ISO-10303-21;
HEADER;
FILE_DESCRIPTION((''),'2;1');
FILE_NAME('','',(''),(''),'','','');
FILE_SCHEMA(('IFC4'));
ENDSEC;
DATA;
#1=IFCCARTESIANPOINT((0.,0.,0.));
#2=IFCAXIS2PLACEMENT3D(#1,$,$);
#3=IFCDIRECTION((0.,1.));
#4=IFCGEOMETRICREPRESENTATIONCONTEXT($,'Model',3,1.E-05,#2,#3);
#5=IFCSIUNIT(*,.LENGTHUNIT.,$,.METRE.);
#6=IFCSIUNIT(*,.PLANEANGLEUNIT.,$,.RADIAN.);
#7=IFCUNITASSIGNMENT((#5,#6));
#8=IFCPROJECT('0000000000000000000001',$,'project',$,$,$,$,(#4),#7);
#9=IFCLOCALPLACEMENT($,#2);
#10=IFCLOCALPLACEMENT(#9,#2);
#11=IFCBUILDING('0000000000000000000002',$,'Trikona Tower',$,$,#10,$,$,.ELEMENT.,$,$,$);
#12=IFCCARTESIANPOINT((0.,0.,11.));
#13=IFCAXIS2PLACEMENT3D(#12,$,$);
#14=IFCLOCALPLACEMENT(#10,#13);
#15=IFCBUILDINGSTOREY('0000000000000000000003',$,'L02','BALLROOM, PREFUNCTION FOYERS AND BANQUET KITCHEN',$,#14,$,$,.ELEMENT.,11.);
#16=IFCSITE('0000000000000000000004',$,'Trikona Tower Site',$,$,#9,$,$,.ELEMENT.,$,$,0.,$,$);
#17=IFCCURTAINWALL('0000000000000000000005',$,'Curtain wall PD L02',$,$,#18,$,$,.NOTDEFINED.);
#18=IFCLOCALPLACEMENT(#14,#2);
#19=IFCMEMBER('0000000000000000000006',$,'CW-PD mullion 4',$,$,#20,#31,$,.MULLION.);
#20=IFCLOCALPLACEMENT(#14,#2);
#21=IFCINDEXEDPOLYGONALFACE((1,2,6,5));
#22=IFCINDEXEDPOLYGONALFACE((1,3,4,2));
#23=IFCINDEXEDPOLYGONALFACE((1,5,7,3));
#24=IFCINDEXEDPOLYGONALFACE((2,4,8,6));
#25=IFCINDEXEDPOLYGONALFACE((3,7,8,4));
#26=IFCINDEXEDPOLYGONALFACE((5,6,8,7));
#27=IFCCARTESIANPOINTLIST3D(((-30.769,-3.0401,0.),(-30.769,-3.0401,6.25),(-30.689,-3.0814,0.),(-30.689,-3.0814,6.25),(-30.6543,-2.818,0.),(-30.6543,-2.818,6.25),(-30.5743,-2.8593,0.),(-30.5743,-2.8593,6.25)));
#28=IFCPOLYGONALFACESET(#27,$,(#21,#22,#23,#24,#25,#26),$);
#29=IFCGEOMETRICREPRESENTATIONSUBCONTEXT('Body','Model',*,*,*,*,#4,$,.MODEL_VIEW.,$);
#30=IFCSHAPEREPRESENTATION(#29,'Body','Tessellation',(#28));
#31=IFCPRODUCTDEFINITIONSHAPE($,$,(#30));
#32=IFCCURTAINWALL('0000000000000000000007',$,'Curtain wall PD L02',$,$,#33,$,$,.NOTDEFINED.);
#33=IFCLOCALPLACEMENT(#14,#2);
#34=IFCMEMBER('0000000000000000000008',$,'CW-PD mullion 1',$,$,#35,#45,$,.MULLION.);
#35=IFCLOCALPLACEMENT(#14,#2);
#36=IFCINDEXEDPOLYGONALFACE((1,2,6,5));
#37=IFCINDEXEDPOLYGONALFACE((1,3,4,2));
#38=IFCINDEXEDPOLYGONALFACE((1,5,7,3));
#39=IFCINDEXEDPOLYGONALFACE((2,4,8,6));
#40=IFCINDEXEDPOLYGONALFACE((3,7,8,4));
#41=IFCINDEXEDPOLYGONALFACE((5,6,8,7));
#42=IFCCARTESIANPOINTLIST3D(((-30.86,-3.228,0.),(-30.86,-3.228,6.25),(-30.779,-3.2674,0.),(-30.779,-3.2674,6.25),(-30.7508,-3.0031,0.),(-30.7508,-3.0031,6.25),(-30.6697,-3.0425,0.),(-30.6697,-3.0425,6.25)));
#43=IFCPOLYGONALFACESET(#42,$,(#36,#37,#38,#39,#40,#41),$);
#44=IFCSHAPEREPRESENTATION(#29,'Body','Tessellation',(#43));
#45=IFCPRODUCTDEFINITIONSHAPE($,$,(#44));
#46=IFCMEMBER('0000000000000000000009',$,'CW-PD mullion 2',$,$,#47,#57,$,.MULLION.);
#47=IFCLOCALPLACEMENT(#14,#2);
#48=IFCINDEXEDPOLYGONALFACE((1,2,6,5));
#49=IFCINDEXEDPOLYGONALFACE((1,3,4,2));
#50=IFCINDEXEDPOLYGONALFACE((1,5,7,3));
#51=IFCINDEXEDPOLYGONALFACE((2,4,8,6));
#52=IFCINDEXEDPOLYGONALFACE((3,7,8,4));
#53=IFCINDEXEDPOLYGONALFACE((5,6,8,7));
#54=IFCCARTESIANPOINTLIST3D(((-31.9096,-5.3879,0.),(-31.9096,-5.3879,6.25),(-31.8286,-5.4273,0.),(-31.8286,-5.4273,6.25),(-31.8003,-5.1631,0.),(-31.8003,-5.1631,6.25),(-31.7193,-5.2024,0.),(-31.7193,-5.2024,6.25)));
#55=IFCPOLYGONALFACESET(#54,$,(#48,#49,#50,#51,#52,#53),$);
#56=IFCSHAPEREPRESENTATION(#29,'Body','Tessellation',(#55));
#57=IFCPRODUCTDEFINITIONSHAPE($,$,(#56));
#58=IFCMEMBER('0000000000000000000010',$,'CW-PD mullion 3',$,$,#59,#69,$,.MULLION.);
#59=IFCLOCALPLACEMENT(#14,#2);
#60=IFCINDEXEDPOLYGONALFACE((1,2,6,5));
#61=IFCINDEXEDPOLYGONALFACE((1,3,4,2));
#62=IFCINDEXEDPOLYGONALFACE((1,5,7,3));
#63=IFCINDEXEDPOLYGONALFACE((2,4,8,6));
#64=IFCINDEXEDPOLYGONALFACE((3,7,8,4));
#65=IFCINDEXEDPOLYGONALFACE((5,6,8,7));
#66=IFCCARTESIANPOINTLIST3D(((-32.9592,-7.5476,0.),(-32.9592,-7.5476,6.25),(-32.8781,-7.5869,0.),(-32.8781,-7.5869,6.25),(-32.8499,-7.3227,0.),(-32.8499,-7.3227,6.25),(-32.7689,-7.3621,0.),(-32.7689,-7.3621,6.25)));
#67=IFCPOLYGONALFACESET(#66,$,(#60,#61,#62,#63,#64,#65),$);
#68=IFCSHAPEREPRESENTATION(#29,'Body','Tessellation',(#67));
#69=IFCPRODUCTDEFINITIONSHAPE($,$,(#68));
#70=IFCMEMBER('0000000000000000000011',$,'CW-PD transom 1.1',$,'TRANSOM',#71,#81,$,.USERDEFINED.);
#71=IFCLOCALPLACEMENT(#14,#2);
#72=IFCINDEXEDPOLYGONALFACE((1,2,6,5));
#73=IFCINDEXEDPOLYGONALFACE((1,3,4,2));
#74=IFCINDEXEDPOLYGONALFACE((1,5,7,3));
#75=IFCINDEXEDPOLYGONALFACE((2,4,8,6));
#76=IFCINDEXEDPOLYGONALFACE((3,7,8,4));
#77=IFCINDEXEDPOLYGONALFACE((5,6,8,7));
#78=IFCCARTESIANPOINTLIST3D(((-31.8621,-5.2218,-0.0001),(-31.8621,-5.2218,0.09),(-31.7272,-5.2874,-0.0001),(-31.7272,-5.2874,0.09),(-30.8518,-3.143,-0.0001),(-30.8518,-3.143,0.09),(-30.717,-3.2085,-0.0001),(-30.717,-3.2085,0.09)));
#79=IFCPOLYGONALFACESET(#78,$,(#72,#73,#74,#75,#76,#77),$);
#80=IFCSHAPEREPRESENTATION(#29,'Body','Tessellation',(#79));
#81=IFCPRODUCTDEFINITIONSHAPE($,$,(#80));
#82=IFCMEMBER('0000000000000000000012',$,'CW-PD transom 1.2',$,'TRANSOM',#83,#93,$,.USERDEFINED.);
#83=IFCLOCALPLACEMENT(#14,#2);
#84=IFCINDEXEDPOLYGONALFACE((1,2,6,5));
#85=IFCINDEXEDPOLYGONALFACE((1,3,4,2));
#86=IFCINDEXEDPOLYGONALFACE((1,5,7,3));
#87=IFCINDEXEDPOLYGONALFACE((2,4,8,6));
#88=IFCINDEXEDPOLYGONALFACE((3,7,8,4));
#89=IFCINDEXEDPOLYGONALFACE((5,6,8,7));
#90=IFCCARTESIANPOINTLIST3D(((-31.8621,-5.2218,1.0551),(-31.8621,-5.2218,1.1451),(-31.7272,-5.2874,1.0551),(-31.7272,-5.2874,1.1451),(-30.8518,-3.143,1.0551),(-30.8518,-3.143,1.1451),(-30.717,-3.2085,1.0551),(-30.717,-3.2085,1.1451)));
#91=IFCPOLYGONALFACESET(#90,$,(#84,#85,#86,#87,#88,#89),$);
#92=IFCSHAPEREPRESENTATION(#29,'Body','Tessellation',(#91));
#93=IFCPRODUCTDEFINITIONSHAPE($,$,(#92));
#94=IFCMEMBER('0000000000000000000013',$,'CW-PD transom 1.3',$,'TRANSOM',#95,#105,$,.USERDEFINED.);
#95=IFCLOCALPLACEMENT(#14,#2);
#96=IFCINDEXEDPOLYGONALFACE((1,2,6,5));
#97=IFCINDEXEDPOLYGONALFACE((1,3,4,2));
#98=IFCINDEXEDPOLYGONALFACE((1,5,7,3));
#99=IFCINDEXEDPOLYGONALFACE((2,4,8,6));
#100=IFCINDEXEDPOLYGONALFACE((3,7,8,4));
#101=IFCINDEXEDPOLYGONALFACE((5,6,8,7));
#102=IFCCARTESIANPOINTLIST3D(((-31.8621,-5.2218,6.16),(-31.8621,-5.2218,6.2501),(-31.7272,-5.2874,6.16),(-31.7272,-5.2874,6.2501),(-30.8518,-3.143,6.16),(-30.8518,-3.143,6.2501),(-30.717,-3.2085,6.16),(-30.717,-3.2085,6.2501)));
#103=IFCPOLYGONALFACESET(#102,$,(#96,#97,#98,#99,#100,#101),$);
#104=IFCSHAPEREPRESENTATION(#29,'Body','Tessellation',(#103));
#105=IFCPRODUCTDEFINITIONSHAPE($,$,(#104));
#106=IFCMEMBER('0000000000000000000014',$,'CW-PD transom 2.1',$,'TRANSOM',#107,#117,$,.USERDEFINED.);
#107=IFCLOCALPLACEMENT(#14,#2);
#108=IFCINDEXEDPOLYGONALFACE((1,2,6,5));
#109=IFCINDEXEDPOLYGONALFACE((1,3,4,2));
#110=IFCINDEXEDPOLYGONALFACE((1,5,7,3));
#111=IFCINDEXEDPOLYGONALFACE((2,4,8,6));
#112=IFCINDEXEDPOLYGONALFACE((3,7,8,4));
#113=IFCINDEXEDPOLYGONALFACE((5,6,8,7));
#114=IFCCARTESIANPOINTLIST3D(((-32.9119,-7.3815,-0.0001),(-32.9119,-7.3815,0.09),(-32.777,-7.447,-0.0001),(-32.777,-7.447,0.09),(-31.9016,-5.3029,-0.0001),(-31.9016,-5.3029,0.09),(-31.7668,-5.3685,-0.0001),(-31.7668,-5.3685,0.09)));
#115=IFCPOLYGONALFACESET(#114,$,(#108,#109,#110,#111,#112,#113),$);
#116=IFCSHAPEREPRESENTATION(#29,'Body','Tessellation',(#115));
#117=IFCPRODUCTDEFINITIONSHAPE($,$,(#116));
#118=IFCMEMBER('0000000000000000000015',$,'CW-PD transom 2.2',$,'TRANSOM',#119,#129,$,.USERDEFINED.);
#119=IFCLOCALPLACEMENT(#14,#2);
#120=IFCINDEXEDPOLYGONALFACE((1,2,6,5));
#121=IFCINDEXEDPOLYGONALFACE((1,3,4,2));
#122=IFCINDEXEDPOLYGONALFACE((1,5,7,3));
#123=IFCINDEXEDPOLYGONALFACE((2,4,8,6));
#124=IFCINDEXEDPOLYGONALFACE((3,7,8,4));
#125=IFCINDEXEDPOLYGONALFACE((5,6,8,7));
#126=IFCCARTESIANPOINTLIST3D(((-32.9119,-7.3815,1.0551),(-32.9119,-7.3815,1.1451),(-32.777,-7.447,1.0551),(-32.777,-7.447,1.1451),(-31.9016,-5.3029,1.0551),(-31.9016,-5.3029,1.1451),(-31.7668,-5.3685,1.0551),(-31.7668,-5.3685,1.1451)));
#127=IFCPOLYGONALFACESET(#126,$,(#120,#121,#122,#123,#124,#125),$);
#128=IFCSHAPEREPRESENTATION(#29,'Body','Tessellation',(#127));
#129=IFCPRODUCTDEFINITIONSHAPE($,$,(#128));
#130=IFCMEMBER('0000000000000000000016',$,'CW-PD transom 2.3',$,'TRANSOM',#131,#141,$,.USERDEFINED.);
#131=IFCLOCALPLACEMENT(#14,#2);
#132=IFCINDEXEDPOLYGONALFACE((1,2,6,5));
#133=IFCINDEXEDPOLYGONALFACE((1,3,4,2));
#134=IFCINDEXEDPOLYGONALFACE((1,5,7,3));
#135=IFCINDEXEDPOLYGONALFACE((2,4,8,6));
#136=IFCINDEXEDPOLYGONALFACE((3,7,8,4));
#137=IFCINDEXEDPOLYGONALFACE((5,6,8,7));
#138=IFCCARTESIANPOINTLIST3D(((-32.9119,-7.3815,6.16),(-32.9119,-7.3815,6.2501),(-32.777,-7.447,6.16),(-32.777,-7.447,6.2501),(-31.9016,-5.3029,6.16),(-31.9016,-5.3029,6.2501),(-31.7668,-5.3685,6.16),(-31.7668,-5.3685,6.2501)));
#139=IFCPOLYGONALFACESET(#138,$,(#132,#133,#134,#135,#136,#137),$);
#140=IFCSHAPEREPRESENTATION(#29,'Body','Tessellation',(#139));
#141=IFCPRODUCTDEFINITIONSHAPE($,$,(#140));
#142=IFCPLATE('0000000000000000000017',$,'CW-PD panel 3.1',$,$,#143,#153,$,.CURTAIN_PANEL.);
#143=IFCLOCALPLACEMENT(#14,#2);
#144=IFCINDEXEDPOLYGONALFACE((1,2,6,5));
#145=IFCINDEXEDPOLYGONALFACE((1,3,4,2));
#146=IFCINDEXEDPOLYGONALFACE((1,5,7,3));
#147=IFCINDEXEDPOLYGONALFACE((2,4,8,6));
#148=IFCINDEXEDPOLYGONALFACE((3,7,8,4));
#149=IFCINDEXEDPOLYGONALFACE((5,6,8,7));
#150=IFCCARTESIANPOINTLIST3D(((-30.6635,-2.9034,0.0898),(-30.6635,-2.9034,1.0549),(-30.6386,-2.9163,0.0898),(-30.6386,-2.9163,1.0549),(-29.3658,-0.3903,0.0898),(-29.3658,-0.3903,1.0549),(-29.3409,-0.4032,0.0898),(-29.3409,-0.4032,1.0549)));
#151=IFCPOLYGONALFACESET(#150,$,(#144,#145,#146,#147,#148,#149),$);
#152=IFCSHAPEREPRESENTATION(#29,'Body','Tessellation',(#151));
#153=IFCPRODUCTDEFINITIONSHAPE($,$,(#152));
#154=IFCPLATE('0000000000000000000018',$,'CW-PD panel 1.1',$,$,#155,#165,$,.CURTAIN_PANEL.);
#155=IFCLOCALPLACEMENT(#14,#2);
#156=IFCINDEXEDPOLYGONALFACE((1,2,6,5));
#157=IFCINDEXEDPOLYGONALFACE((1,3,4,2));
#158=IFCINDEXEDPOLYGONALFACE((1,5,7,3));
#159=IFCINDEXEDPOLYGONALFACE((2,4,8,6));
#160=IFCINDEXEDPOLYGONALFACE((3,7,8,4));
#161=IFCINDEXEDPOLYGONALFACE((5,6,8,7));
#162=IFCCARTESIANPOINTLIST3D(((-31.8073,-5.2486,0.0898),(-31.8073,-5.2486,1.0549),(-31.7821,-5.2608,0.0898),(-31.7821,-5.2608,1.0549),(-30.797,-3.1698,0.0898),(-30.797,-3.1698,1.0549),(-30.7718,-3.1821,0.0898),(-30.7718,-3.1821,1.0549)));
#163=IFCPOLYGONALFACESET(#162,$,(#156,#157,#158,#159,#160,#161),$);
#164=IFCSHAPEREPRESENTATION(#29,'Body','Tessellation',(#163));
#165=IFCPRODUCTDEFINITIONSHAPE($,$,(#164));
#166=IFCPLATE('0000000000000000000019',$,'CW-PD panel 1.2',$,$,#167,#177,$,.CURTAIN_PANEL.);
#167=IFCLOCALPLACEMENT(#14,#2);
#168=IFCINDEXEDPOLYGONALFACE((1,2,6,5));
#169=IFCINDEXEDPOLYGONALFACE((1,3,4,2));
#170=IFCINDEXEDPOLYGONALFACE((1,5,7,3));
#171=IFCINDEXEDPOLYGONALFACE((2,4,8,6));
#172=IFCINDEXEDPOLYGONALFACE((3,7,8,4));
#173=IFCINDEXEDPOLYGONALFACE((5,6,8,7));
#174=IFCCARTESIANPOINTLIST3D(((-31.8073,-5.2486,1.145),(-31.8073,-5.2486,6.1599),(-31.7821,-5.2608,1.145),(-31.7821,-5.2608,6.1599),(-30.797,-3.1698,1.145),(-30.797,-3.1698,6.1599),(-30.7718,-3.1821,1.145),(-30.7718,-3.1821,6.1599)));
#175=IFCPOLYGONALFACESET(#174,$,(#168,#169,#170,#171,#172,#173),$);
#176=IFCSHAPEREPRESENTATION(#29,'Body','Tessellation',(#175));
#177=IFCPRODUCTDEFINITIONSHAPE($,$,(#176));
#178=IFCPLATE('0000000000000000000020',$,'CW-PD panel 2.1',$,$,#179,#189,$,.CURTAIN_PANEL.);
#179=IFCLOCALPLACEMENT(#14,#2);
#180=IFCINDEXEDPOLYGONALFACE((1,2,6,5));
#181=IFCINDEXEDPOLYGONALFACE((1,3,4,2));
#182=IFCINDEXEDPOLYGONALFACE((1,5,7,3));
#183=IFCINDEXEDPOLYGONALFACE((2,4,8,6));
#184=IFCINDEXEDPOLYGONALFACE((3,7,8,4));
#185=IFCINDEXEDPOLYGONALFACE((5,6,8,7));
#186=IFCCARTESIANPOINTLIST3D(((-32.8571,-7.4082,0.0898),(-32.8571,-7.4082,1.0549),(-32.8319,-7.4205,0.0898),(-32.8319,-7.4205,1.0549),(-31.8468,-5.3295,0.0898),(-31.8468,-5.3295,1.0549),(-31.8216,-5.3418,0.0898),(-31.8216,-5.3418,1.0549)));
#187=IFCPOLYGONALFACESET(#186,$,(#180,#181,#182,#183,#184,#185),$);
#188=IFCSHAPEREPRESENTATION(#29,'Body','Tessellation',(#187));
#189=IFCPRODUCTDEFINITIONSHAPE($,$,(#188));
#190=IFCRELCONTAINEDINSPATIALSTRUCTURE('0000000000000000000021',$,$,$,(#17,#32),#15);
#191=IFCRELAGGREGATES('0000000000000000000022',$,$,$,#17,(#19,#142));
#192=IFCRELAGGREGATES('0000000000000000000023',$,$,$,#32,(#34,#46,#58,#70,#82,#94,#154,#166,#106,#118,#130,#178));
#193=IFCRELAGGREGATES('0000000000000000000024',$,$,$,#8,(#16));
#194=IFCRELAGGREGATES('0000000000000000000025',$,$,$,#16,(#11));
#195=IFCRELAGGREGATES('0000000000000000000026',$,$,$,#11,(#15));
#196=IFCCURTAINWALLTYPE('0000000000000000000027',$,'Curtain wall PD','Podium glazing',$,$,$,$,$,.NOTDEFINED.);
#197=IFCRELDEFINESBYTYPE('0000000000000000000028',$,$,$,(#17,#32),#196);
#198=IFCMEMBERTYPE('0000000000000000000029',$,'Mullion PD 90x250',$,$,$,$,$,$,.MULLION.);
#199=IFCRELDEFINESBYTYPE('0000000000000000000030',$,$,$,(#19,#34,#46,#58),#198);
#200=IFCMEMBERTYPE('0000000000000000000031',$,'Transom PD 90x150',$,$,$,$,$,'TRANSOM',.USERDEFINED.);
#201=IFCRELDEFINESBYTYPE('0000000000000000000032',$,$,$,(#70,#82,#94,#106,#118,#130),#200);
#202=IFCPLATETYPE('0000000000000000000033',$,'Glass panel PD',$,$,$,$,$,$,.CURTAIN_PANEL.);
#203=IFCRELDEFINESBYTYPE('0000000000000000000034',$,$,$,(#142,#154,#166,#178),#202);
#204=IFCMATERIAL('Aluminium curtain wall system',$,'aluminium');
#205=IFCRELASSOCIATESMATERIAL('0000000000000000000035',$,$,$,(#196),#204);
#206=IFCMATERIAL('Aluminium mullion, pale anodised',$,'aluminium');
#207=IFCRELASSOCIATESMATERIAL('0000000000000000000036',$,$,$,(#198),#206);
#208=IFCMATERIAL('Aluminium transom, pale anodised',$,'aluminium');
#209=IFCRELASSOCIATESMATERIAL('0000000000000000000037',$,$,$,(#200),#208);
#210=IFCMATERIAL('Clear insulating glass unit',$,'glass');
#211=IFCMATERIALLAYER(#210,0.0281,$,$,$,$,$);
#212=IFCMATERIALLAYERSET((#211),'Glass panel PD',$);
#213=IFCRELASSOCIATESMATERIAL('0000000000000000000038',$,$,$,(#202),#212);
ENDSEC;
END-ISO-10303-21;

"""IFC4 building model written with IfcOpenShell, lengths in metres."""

from ifc_helpers import new_model, si_unit, direction, frame, origin, origin_2d, place, context, subcontext, project, spatial, rectangle, extrude, material, layer, layer_set, material_profile, profile_set, type_object, element, aggregate, save


model = new_model("IFC4")

# Units and contexts
model_context = context("Model", 3, precision=1e-05, world=origin(), true_north=direction((0.0, 1.0)))
body_context = subcontext(model_context, "Body", "Model", "MODEL_VIEW")
ifc_project = project(units=[si_unit("LENGTHUNIT", "METRE"), si_unit("PLANEANGLEUNIT", "RADIAN")], contexts=[model_context])

# Site, building, storey
site_placement = place(None, origin())
site = spatial("IfcSite", under=ifc_project, at=site_placement, Name="Trikona Tower Site", CompositionType="ELEMENT", RefElevation=0.0)
building_placement = place(site_placement, origin())
building = spatial("IfcBuilding", under=site, at=building_placement, Name="Trikona Tower", CompositionType="ELEMENT")
storey_placement = place(building_placement, frame((0.0, 0.0, 11.0)))
storey = spatial("IfcBuildingStorey", under=building, at=storey_placement, Name="L02", Description="BALLROOM, PREFUNCTION FOYERS AND BANQUET KITCHEN", CompositionType="ELEMENT", Elevation=11.0)

# Curtain wall, member
ifc_material_1 = material(Name="Aluminium curtain wall system", Category="aluminium")
curtain_wall_type = type_object("IfcCurtainWallType", Name="Curtain wall PD", Description="Podium glazing", PredefinedType="NOTDEFINED", material=ifc_material_1)
curtain_wall_1_placement = place(storey_placement, origin())
curtain_wall_1 = element("IfcCurtainWall", 1, at=curtain_wall_1_placement, inside=storey, type_object=curtain_wall_type, Name="Curtain wall PD L02", PredefinedType="NOTDEFINED")
ifc_material_2 = material(Name="Aluminium mullion, pale anodised", Category="aluminium")
ifc_material_profile_1 = material_profile(ifc_material_2, rectangle(XDim=0.0901, YDim=0.25, at=origin_2d()), Name="MUL-PD")
ifc_profile_set_1 = profile_set([ifc_material_profile_1], Name="Aluminium mullion, pale anodised")
member_type_1 = type_object("IfcMemberType", Name="Mullion PD 90x250", PredefinedType="MULLION", material=ifc_profile_set_1)
member_1_placement = place(storey_placement, frame((-30.6716, -2.9497, 0.0), z_axis=(0.0, 0.0, 1.0), x_axis=(0.888525, -0.458829, 0.0)))
member_1 = element("IfcMember", 2, at=member_1_placement, type_object=member_type_1, Name="CW-PD mullion 4", PredefinedType="MULLION", context=body_context, shape_type="SweptSolid", body=[
    extrude(rectangle(XDim=0.0901, YDim=0.25, at=origin_2d()), origin(), (0.0, 0.0, 1.0), 6.25),
])

# Curtain wall, members
curtain_wall_2_placement = place(storey_placement, origin())
curtain_wall_2 = element("IfcCurtainWall", 3, at=curtain_wall_2_placement, inside=storey, type_object=curtain_wall_type, Name="Curtain wall PD L02", PredefinedType="NOTDEFINED")
member_2_placement = place(storey_placement, frame((-30.7649, -3.1353, 0.0), z_axis=(0.0, 0.0, 1.0), x_axis=(0.899399, -0.437129, 0.0)))
member_2 = element("IfcMember", 4, at=member_2_placement, type_object=member_type_1, Name="CW-PD mullion 1", PredefinedType="MULLION", context=body_context, shape_type="SweptSolid", body=[
    extrude(rectangle(XDim=0.0901, YDim=0.25, at=origin_2d()), origin(), (0.0, 0.0, 1.0), 6.25),
])
member_3_placement = place(storey_placement, frame((-31.8145, -5.2952, 0.0), z_axis=(0.0, 0.0, 1.0), x_axis=(0.899399, -0.437129, 0.0)))
member_3 = element("IfcMember", 5, at=member_3_placement, type_object=member_type_1, Name="CW-PD mullion 2", PredefinedType="MULLION", context=body_context, shape_type="SweptSolid", body=[
    extrude(rectangle(XDim=0.0901, YDim=0.25, at=origin_2d()), origin(), (0.0, 0.0, 1.0), 6.25),
])
member_4_placement = place(storey_placement, frame((-32.864, -7.4548, 0.0), z_axis=(0.0, 0.0, 1.0), x_axis=(0.899399, -0.437129, 0.0)))
member_4 = element("IfcMember", 6, at=member_4_placement, type_object=member_type_1, Name="CW-PD mullion 3", PredefinedType="MULLION", context=body_context, shape_type="SweptSolid", body=[
    extrude(rectangle(XDim=0.0901, YDim=0.25, at=origin_2d()), origin(), (0.0, 0.0, 1.0), 6.25),
])
ifc_material_3 = material(Name="Aluminium transom, pale anodised", Category="aluminium")
ifc_material_profile_2 = material_profile(ifc_material_3, rectangle(XDim=0.1499, YDim=0.0901, at=origin_2d()), Name="TRN-PD")
ifc_profile_set_2 = profile_set([ifc_material_profile_2], Name="Aluminium transom, pale anodised")
member_type_2 = type_object("IfcMemberType", Name="Transom PD 90x150", ElementType="TRANSOM", PredefinedType="USERDEFINED", material=ifc_profile_set_2)
member_5_placement = place(storey_placement, frame((-30.7844, -3.1758, 0.0449), z_axis=(-0.437087, -0.899419, 0.0), x_axis=(0.899419, -0.437087, 0.0)))
member_5 = element("IfcMember", 7, at=member_5_placement, type_object=member_type_2, Name="CW-PD transom 1.1", ObjectType="TRANSOM", PredefinedType="USERDEFINED", context=body_context, shape_type="SweptSolid", body=[
    extrude(rectangle(XDim=0.1499, YDim=0.0901, at=origin_2d()), origin(), (0.0, 0.0, 1.0), 2.3113),
])
member_6_placement = place(storey_placement, frame((-30.7844, -3.1758, 1.1001), z_axis=(-0.437087, -0.899419, 0.0), x_axis=(0.899419, -0.437087, 0.0)))
member_6 = element("IfcMember", 8, at=member_6_placement, type_object=member_type_2, Name="CW-PD transom 1.2", ObjectType="TRANSOM", PredefinedType="USERDEFINED", context=body_context, shape_type="SweptSolid", body=[
    extrude(rectangle(XDim=0.1499, YDim=0.0901, at=origin_2d()), origin(), (0.0, 0.0, 1.0), 2.3113),
])
member_7_placement = place(storey_placement, frame((-30.7844, -3.1758, 6.2051), z_axis=(-0.437087, -0.899419, 0.0), x_axis=(0.899419, -0.437087, 0.0)))
member_7 = element("IfcMember", 9, at=member_7_placement, type_object=member_type_2, Name="CW-PD transom 1.3", ObjectType="TRANSOM", PredefinedType="USERDEFINED", context=body_context, shape_type="SweptSolid", body=[
    extrude(rectangle(XDim=0.1499, YDim=0.0901, at=origin_2d()), origin(), (0.0, 0.0, 1.0), 2.3113),
])
member_8_placement = place(storey_placement, frame((-31.8342, -5.3357, 0.0449), z_axis=(-0.437129, -0.899399, 0.0), x_axis=(0.899399, -0.437129, 0.0)))
member_8 = element("IfcMember", 10, at=member_8_placement, type_object=member_type_2, Name="CW-PD transom 2.1", ObjectType="TRANSOM", PredefinedType="USERDEFINED", context=body_context, shape_type="SweptSolid", body=[
    extrude(rectangle(XDim=0.1499, YDim=0.0901, at=origin_2d()), origin(), (0.0, 0.0, 1.0), 2.311),
])
member_9_placement = place(storey_placement, frame((-31.8342, -5.3357, 1.1001), z_axis=(-0.437129, -0.899399, 0.0), x_axis=(0.899399, -0.437129, 0.0)))
member_9 = element("IfcMember", 11, at=member_9_placement, type_object=member_type_2, Name="CW-PD transom 2.2", ObjectType="TRANSOM", PredefinedType="USERDEFINED", context=body_context, shape_type="SweptSolid", body=[
    extrude(rectangle(XDim=0.1499, YDim=0.0901, at=origin_2d()), origin(), (0.0, 0.0, 1.0), 2.311),
])
member_10_placement = place(storey_placement, frame((-31.8342, -5.3357, 6.2051), z_axis=(-0.437129, -0.899399, 0.0), x_axis=(0.899399, -0.437129, 0.0)))
member_10 = element("IfcMember", 12, at=member_10_placement, type_object=member_type_2, Name="CW-PD transom 2.3", ObjectType="TRANSOM", PredefinedType="USERDEFINED", context=body_context, shape_type="SweptSolid", body=[
    extrude(rectangle(XDim=0.1499, YDim=0.0901, at=origin_2d()), origin(), (0.0, 0.0, 1.0), 2.311),
])

# Plates
ifc_material_4 = material(Name="Clear insulating glass unit", Category="glass")
ifc_layer_1 = layer(ifc_material_4, 0.0281)
ifc_layer_set_1 = layer_set([ifc_layer_1], Name="Glass panel PD")
plate_type = type_object("IfcPlateType", Name="Glass panel PD", PredefinedType="CURTAIN_PANEL", material=ifc_layer_set_1)
plate_1_placement = place(storey_placement, frame((-30.0022, -1.6533, 0.0898), z_axis=(0.0, 0.0, 1.0), x_axis=(-0.458829, -0.888525, 0.0)))
plate_1 = element("IfcPlate", 13, at=plate_1_placement, type_object=plate_type, Name="CW-PD panel 3.1", PredefinedType="CURTAIN_PANEL", context=body_context, shape_type="SweptSolid", body=[
    extrude(rectangle(XDim=2.8284, YDim=0.0281, at=origin_2d()), origin(), (0.0, 0.0, 1.0), 0.9651),
])
aggregate(curtain_wall_1, [member_1, plate_1])
plate_2_placement = place(storey_placement, frame((-31.2896, -4.2153, 0.0898), z_axis=(0.0, 0.0, 1.0), x_axis=(-0.437129, -0.899399, 0.0)))
plate_2 = element("IfcPlate", 14, at=plate_2_placement, type_object=plate_type, Name="CW-PD panel 1.1", PredefinedType="CURTAIN_PANEL", context=body_context, shape_type="SweptSolid", body=[
    extrude(rectangle(XDim=2.3113, YDim=0.0281, at=origin_2d()), origin(), (0.0, 0.0, 1.0), 0.9651),
])
plate_3_placement = place(storey_placement, frame((-31.2896, -4.2153, 1.145), z_axis=(0.0, 0.0, 1.0), x_axis=(-0.437129, -0.899399, 0.0)))
plate_3 = element("IfcPlate", 15, at=plate_3_placement, type_object=plate_type, Name="CW-PD panel 1.2", PredefinedType="CURTAIN_PANEL", context=body_context, shape_type="SweptSolid", body=[
    extrude(rectangle(XDim=2.3113, YDim=0.0281, at=origin_2d()), origin(), (0.0, 0.0, 1.0), 5.0149),
])
plate_4_placement = place(storey_placement, frame((-32.3394, -6.375, 0.0898), z_axis=(0.0, 0.0, 1.0), x_axis=(-0.437129, -0.899399, 0.0)))
plate_4 = element("IfcPlate", 16, at=plate_4_placement, type_object=plate_type, Name="CW-PD panel 2.1", PredefinedType="CURTAIN_PANEL", context=body_context, shape_type="SweptSolid", body=[
    extrude(rectangle(XDim=2.3113, YDim=0.0281, at=origin_2d()), origin(), (0.0, 0.0, 1.0), 0.9651),
])
aggregate(curtain_wall_2, [member_2, member_3, member_4, member_5, member_6, member_7, plate_2, plate_3, member_8, member_9, member_10, plate_4])

save(model, "model.ifc")
